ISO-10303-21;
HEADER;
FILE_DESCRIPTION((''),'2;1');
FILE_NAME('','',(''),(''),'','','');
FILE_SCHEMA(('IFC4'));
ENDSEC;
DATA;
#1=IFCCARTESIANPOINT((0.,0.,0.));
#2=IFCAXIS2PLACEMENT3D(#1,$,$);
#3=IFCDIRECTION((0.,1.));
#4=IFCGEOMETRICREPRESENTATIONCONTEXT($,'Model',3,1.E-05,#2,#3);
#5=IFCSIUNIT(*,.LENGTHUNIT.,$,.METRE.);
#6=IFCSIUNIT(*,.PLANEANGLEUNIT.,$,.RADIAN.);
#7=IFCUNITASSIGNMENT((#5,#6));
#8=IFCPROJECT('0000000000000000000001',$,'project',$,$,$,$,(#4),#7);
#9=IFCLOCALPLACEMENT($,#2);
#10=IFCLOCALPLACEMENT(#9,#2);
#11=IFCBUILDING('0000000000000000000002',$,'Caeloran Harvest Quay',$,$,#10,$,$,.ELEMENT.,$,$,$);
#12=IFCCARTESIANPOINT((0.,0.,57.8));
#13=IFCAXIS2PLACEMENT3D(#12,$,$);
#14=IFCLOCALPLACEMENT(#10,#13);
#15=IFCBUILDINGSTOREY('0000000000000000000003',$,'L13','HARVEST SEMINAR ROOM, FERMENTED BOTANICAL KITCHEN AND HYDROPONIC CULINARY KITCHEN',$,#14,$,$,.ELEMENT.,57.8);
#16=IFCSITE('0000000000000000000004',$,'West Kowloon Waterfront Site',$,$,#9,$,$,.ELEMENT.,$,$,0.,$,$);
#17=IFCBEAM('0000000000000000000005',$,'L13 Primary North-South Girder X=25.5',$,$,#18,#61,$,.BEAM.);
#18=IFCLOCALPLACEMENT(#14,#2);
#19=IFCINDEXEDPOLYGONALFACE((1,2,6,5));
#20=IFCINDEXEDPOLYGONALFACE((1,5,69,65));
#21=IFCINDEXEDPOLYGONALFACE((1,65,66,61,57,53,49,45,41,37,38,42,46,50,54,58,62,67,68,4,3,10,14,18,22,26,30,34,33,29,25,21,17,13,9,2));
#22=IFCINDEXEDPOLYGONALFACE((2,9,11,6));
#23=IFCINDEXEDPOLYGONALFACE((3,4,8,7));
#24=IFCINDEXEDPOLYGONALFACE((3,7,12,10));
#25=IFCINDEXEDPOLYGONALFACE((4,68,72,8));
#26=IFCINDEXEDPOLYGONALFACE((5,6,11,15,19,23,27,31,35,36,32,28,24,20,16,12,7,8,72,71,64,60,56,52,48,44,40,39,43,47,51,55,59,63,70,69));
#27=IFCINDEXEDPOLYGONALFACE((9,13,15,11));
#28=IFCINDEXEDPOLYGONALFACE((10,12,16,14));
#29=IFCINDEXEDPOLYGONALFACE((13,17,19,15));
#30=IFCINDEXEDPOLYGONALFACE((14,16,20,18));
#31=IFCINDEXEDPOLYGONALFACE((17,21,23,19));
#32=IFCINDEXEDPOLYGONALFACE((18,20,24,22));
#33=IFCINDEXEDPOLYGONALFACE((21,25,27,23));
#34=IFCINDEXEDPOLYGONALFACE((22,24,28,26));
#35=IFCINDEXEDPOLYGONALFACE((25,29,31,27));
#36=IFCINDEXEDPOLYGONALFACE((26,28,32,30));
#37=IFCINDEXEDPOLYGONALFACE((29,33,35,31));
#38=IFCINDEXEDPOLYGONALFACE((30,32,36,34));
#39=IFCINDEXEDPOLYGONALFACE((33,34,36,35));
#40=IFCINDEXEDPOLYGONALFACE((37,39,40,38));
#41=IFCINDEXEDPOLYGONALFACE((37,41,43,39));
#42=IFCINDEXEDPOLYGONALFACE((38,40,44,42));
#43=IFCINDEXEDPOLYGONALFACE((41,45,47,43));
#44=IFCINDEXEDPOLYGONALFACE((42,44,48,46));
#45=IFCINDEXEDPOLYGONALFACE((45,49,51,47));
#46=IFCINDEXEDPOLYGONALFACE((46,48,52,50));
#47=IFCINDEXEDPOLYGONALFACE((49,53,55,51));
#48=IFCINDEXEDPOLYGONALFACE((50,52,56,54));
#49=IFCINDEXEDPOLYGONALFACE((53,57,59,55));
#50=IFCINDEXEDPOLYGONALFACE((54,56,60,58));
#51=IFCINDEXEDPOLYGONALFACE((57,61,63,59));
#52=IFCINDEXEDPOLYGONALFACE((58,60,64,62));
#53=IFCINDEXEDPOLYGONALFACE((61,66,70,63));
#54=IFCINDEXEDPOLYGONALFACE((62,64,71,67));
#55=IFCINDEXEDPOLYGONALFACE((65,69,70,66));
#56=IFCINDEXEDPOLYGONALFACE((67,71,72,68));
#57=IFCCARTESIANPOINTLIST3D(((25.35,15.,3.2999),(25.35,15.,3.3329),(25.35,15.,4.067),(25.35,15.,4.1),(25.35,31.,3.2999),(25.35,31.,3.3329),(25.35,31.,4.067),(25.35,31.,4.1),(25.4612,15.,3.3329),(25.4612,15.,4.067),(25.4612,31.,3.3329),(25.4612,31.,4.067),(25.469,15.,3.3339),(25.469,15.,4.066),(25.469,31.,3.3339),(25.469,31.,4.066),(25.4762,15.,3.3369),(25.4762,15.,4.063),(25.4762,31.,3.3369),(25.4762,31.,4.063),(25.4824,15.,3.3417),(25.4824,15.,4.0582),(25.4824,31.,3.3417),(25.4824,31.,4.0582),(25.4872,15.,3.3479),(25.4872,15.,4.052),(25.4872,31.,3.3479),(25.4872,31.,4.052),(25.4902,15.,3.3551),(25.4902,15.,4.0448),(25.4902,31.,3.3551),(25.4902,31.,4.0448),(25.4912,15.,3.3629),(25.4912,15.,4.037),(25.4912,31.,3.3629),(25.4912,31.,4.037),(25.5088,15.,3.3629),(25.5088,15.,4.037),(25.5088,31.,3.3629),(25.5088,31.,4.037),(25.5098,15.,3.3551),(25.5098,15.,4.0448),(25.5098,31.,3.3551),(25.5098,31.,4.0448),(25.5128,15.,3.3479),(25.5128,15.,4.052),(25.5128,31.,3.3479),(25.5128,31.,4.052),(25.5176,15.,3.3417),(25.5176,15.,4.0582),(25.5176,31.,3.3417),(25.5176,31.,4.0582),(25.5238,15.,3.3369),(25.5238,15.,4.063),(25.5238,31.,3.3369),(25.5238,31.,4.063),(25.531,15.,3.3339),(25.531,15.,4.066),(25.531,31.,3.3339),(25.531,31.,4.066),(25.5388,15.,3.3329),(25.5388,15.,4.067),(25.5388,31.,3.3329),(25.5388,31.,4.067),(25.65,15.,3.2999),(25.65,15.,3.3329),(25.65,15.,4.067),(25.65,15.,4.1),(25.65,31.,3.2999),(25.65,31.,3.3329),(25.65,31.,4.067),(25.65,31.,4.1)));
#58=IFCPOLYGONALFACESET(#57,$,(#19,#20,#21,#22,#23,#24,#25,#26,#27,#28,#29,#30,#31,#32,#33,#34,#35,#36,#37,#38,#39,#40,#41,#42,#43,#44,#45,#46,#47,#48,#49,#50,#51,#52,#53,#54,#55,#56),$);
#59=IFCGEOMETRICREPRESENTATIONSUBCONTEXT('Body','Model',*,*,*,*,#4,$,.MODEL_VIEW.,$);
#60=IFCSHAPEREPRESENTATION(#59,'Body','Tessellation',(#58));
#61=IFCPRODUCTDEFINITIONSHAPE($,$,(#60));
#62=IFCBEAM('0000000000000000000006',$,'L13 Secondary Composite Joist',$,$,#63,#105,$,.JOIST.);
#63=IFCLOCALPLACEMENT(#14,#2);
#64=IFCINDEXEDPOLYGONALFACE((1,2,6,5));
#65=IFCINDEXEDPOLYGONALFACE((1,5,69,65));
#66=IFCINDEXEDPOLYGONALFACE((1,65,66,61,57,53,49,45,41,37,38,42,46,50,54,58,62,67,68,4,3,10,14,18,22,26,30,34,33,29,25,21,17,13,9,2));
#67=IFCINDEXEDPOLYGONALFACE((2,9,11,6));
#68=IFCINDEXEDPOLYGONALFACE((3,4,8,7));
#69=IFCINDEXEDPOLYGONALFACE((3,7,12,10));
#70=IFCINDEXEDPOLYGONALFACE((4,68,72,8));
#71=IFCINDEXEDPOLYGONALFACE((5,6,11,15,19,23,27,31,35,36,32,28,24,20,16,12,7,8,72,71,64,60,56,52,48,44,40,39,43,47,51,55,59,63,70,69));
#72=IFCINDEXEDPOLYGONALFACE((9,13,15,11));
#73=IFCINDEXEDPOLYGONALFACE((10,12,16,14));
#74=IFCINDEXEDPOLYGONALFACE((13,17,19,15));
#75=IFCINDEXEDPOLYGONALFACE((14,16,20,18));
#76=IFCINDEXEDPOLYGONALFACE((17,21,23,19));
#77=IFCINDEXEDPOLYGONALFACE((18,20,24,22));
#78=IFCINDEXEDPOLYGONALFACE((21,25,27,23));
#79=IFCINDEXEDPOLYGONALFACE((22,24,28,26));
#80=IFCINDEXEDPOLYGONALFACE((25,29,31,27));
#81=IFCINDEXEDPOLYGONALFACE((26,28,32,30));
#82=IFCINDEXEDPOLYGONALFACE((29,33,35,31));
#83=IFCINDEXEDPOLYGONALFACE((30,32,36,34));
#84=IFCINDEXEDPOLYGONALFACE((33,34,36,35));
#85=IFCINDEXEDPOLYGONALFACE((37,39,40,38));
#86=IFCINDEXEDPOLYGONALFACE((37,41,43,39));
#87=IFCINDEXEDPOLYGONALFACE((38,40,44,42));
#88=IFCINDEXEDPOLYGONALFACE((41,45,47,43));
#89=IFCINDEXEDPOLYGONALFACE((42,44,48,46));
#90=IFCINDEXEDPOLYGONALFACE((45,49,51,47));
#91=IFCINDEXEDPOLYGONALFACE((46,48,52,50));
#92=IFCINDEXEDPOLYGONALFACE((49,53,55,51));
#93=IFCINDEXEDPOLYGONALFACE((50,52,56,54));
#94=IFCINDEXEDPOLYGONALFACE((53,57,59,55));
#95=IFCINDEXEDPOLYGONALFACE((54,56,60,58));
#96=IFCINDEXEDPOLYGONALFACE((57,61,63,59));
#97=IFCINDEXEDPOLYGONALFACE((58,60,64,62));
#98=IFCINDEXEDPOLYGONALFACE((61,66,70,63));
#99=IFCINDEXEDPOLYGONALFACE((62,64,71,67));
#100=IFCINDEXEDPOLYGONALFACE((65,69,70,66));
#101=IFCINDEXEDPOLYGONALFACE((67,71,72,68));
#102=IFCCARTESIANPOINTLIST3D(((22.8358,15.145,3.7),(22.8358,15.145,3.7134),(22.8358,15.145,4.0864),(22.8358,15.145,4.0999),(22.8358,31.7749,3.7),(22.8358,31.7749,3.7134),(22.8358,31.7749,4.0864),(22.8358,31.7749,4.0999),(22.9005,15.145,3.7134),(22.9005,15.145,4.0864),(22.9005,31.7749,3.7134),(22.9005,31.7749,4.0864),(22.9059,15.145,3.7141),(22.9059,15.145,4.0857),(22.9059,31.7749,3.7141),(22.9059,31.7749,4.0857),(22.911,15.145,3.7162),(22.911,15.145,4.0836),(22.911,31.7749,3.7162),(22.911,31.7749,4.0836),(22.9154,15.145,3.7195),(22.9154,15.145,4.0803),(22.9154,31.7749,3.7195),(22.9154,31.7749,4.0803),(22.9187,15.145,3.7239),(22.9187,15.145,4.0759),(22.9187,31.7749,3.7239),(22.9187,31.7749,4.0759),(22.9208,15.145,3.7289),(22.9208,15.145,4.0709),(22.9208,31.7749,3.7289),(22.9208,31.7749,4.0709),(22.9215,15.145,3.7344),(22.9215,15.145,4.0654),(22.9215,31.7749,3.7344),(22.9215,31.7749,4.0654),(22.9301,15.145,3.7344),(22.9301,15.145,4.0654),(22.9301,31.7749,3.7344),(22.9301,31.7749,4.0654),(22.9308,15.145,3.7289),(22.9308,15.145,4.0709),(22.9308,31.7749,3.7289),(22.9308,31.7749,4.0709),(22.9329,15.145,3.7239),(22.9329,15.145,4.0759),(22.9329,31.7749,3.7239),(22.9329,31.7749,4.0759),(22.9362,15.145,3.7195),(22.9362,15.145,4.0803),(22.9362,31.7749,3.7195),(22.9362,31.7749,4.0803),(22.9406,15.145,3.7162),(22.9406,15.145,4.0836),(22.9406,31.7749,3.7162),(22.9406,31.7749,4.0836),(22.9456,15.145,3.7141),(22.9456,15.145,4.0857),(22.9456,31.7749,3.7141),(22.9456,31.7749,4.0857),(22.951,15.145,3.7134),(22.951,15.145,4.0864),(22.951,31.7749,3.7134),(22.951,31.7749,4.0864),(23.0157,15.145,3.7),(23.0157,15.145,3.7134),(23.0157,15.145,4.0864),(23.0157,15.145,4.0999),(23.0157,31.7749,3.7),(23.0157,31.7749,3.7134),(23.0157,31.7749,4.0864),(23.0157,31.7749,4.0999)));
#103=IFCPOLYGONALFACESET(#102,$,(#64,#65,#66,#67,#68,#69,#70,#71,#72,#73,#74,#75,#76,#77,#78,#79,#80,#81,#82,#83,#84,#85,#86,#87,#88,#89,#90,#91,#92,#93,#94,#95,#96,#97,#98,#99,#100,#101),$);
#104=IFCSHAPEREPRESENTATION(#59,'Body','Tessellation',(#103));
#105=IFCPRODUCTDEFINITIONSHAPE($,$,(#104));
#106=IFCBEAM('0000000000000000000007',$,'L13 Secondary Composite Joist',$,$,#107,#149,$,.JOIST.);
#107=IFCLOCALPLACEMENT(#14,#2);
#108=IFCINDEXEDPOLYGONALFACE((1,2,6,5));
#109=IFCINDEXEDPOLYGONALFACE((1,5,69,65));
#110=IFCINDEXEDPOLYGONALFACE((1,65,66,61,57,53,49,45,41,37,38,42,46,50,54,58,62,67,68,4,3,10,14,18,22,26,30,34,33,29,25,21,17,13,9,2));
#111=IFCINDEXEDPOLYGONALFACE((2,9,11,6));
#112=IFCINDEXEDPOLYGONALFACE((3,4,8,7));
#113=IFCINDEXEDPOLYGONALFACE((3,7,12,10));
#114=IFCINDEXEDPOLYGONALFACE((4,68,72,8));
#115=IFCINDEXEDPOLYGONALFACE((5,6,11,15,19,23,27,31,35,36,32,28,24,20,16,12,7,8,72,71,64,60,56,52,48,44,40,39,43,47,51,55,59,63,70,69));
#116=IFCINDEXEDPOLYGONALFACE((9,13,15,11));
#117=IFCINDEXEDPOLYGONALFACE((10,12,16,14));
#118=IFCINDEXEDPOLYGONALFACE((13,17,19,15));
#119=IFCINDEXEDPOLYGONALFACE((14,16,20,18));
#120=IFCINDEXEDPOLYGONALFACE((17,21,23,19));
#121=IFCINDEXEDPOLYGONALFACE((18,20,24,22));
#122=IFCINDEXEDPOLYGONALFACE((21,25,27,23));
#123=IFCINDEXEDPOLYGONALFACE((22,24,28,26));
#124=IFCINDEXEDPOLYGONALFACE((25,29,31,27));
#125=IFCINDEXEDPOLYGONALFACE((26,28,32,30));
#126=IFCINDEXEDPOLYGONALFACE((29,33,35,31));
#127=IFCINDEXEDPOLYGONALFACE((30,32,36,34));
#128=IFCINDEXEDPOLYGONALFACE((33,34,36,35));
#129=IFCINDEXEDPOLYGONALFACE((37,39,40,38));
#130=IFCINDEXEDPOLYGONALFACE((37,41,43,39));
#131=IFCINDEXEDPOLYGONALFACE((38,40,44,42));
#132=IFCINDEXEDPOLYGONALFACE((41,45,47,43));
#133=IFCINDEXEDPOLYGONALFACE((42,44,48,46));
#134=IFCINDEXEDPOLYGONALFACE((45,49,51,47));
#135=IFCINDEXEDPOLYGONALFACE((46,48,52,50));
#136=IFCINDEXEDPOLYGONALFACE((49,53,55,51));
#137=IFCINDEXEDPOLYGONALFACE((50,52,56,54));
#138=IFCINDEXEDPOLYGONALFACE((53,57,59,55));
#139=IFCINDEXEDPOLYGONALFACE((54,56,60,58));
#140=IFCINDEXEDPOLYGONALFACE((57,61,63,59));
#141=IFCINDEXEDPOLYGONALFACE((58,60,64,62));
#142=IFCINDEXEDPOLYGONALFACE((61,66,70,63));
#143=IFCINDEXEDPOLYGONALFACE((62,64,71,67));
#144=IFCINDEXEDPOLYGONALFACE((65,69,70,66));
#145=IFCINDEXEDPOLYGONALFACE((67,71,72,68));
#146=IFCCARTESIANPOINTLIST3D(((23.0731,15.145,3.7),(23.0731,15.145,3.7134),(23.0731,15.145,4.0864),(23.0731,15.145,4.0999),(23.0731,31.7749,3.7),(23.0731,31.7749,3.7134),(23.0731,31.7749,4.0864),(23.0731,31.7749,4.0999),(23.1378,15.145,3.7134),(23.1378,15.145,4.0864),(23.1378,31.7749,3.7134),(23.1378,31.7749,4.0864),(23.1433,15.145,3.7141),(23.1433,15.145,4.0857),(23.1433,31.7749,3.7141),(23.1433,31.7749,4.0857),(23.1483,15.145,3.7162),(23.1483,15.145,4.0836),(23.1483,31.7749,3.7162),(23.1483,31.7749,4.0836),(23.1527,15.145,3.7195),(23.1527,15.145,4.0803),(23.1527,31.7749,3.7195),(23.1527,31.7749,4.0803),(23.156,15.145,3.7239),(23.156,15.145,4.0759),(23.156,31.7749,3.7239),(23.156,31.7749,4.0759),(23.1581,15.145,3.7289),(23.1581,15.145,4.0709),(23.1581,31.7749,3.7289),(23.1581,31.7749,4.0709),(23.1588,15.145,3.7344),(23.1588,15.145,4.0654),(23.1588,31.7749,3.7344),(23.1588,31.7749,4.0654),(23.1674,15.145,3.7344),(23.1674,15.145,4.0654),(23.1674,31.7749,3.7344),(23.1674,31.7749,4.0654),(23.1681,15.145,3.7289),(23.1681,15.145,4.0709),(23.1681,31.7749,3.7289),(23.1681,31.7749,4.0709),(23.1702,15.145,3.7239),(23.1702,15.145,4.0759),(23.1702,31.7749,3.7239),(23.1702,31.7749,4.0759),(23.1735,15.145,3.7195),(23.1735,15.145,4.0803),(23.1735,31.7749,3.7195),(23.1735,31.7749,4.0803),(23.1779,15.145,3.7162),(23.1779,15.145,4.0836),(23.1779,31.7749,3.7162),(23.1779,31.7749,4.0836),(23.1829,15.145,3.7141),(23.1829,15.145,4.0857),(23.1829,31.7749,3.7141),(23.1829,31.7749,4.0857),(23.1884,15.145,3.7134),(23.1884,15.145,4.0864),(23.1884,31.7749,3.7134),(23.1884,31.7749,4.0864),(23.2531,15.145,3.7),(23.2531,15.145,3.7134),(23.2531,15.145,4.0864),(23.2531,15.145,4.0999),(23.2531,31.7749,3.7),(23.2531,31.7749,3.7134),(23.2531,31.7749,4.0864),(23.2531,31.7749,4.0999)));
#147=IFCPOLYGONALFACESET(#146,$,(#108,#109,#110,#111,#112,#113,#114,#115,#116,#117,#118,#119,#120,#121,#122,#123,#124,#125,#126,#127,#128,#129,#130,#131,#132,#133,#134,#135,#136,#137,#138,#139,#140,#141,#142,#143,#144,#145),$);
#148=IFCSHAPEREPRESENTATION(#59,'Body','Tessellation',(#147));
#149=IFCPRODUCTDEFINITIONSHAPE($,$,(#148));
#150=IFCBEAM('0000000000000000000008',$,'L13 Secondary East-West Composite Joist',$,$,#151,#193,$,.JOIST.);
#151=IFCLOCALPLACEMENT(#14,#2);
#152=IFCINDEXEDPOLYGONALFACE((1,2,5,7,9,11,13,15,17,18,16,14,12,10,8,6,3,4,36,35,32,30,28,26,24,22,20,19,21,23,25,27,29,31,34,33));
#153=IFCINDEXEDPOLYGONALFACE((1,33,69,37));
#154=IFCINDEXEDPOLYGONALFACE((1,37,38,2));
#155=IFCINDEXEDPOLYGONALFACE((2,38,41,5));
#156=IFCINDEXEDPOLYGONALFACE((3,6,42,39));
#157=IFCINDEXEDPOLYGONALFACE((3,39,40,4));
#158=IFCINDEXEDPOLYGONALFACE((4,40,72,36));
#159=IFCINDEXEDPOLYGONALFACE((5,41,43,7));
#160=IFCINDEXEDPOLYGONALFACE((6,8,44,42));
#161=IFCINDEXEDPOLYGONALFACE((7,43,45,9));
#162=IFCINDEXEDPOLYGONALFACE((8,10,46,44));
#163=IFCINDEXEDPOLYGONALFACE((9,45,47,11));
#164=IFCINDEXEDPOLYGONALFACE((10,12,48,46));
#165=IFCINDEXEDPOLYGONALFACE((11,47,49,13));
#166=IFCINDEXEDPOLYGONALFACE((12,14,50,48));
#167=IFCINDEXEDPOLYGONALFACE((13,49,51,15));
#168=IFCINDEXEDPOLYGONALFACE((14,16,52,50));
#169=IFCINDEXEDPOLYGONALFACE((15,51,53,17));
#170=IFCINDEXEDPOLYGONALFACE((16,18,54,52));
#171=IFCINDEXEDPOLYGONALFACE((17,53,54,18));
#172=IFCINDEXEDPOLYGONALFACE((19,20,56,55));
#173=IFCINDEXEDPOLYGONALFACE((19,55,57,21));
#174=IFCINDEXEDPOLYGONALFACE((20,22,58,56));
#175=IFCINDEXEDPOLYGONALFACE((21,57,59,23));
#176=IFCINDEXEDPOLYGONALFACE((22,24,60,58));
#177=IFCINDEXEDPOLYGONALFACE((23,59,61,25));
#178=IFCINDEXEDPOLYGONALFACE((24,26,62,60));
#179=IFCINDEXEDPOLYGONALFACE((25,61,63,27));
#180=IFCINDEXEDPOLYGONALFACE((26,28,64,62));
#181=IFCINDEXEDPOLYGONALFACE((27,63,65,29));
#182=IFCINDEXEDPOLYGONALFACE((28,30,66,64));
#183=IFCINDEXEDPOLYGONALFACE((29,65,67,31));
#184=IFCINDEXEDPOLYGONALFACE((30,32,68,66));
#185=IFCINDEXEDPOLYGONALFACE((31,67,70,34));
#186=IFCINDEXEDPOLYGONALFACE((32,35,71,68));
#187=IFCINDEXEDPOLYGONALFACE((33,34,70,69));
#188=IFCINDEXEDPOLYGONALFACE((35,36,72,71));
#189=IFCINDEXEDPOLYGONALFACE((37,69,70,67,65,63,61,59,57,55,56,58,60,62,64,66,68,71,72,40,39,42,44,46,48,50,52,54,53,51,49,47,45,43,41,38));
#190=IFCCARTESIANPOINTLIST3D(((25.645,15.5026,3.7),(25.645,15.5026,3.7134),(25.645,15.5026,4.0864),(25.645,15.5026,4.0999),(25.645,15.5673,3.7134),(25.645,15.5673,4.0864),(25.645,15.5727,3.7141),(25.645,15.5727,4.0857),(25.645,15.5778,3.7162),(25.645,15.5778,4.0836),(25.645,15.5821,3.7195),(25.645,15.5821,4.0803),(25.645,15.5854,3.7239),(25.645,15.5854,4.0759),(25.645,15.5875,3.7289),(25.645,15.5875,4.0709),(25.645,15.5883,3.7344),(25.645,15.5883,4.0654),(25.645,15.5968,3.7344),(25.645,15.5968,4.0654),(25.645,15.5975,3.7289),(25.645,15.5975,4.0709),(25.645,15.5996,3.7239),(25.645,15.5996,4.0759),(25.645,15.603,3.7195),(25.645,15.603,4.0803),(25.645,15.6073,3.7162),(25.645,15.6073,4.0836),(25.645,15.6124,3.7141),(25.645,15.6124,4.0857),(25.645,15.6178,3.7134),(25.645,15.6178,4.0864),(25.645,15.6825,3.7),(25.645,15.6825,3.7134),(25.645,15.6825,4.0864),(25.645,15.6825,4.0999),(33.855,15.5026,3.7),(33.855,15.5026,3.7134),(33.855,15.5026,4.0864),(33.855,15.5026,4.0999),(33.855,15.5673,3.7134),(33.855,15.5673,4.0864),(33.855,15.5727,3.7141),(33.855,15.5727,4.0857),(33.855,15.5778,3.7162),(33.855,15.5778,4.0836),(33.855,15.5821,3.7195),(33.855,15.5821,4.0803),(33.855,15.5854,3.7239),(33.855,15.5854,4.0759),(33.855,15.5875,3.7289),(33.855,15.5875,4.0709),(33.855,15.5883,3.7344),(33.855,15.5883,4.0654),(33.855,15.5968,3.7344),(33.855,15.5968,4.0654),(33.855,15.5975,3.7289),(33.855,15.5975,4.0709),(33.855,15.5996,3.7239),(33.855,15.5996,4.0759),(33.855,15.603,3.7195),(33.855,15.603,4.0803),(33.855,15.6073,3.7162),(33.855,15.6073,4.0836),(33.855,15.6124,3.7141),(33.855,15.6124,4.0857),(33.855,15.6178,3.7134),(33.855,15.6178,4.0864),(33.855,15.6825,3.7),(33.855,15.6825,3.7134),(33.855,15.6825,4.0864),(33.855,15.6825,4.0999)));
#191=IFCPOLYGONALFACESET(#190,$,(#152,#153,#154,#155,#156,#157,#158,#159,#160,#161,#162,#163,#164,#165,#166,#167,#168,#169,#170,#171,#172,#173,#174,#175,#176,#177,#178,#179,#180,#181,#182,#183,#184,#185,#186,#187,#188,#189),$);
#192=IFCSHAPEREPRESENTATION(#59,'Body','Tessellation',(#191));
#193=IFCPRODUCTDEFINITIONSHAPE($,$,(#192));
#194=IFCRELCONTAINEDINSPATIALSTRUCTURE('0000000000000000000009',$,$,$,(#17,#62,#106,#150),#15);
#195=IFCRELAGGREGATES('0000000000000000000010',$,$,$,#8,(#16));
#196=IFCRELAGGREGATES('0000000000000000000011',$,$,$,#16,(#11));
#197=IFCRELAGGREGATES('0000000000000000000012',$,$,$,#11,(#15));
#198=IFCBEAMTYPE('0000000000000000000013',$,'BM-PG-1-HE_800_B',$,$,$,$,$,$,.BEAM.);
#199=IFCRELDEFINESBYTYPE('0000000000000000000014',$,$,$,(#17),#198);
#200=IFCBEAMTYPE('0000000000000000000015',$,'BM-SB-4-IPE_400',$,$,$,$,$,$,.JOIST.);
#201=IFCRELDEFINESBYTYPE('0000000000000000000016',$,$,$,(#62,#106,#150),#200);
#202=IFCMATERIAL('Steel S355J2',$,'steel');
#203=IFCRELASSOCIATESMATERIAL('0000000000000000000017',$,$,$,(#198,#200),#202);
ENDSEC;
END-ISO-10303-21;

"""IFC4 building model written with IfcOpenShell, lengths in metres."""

from ifc_helpers import new_model, si_unit, direction, frame, origin, origin_2d, place, context, subcontext, project, spatial, i_section, extrude, material, material_profile, profile_set, type_object, element, save


model = new_model("IFC4")

# Units and contexts
model_context = context("Model", 3, precision=1e-05, world=origin(), true_north=direction((0.0, 1.0)))
body_context = subcontext(model_context, "Body", "Model", "MODEL_VIEW")
ifc_project = project(units=[si_unit("LENGTHUNIT", "METRE"), si_unit("PLANEANGLEUNIT", "RADIAN")], contexts=[model_context])

# Site, building, storey
site_placement = place(None, origin())
site = spatial("IfcSite", under=ifc_project, at=site_placement, Name="West Kowloon Waterfront Site", CompositionType="ELEMENT", RefElevation=0.0)
building_placement = place(site_placement, origin())
building = spatial("IfcBuilding", under=site, at=building_placement, Name="Caeloran Harvest Quay", CompositionType="ELEMENT")
storey_placement = place(building_placement, frame((0.0, 0.0, 57.8)))
storey = spatial("IfcBuildingStorey", under=building, at=storey_placement, Name="L13", Description="HARVEST SEMINAR ROOM, FERMENTED BOTANICAL KITCHEN AND HYDROPONIC CULINARY KITCHEN", CompositionType="ELEMENT", Elevation=57.8)

# Beams
ifc_material_1 = material(Name="Steel S355J2", Category="steel")
ifc_material_profile_1 = material_profile(ifc_material_1, i_section(OverallWidth=0.3, OverallDepth=0.8, WebThickness=0.0176, FlangeThickness=0.033, FilletRadius=0.03, at=origin_2d()), Name="HE 800 B")
ifc_profile_set_1 = profile_set([ifc_material_profile_1], Name="Steel S355J2")
beam_type_1 = type_object("IfcBeamType", Name="BM-PG-1-HE_800_B", PredefinedType="BEAM", material=ifc_profile_set_1)
beam_placement = place(storey_placement, frame((25.5, 15.0, 3.7), z_axis=(0.0, 1.0, 0.0), x_axis=(-1.0, 0.0, 0.0)))
element("IfcBeam", 1, at=beam_placement, inside=storey, type_object=beam_type_1, Name="L13 Primary North-South Girder X=25.5", PredefinedType="BEAM", context=body_context, shape_type="SweptSolid", body=[
    extrude(i_section(OverallWidth=0.3, OverallDepth=0.8, WebThickness=0.0176, FlangeThickness=0.033, FilletRadius=0.03, at=origin_2d()), origin(), (0.0, 0.0, 1.0), 16.0),
])
ifc_material_profile_2 = material_profile(ifc_material_1, i_section(OverallWidth=0.1799, OverallDepth=0.3999, WebThickness=0.0085, FlangeThickness=0.0134, FilletRadius=0.021, at=origin_2d()), Name="IPE 400")
ifc_profile_set_2 = profile_set([ifc_material_profile_2], Name="Steel S355J2")
beam_type_2 = type_object("IfcBeamType", Name="BM-SB-4-IPE_400", PredefinedType="JOIST", material=ifc_profile_set_2)
for number, where, z_axis, x_axis, name in (
    (2, (22.9258, 15.145, 3.8999), (0.0, 1.0, 0.0), (-1.0, 0.0, 0.0), "L13 Secondary Composite Joist"),
    (3, (23.1631, 15.145, 3.8999), (0.0, 1.0, 0.0), (-1.0, 0.0, 0.0), "L13 Secondary Composite Joist"),
):
    element("IfcBeam", number, at=place(storey_placement, frame(where, z_axis=z_axis, x_axis=x_axis)), inside=storey, type_object=beam_type_2, Name=name, PredefinedType="JOIST", context=body_context, shape_type="SweptSolid", body=[
        extrude(i_section(OverallWidth=0.1799, OverallDepth=0.3999, WebThickness=0.0085, FlangeThickness=0.0134, FilletRadius=0.021, at=origin_2d()), origin(), (0.0, 0.0, 1.0), 16.6299),
    ])
for number, where, z_axis, x_axis, name in (
    (4, (25.645, 15.5925, 3.8999), (1.0, 0.0, 0.0), (0.0, 1.0, 0.0), "L13 Secondary East-West Composite Joist"),
):
    element("IfcBeam", number, at=place(storey_placement, frame(where, z_axis=z_axis, x_axis=x_axis)), inside=storey, type_object=beam_type_2, Name=name, PredefinedType="JOIST", context=body_context, shape_type="SweptSolid", body=[
        extrude(i_section(OverallWidth=0.1799, OverallDepth=0.3999, WebThickness=0.0085, FlangeThickness=0.0134, FilletRadius=0.021, at=origin_2d()), origin(), (0.0, 0.0, 1.0), 8.21),
    ])

save(model, "model.ifc")
